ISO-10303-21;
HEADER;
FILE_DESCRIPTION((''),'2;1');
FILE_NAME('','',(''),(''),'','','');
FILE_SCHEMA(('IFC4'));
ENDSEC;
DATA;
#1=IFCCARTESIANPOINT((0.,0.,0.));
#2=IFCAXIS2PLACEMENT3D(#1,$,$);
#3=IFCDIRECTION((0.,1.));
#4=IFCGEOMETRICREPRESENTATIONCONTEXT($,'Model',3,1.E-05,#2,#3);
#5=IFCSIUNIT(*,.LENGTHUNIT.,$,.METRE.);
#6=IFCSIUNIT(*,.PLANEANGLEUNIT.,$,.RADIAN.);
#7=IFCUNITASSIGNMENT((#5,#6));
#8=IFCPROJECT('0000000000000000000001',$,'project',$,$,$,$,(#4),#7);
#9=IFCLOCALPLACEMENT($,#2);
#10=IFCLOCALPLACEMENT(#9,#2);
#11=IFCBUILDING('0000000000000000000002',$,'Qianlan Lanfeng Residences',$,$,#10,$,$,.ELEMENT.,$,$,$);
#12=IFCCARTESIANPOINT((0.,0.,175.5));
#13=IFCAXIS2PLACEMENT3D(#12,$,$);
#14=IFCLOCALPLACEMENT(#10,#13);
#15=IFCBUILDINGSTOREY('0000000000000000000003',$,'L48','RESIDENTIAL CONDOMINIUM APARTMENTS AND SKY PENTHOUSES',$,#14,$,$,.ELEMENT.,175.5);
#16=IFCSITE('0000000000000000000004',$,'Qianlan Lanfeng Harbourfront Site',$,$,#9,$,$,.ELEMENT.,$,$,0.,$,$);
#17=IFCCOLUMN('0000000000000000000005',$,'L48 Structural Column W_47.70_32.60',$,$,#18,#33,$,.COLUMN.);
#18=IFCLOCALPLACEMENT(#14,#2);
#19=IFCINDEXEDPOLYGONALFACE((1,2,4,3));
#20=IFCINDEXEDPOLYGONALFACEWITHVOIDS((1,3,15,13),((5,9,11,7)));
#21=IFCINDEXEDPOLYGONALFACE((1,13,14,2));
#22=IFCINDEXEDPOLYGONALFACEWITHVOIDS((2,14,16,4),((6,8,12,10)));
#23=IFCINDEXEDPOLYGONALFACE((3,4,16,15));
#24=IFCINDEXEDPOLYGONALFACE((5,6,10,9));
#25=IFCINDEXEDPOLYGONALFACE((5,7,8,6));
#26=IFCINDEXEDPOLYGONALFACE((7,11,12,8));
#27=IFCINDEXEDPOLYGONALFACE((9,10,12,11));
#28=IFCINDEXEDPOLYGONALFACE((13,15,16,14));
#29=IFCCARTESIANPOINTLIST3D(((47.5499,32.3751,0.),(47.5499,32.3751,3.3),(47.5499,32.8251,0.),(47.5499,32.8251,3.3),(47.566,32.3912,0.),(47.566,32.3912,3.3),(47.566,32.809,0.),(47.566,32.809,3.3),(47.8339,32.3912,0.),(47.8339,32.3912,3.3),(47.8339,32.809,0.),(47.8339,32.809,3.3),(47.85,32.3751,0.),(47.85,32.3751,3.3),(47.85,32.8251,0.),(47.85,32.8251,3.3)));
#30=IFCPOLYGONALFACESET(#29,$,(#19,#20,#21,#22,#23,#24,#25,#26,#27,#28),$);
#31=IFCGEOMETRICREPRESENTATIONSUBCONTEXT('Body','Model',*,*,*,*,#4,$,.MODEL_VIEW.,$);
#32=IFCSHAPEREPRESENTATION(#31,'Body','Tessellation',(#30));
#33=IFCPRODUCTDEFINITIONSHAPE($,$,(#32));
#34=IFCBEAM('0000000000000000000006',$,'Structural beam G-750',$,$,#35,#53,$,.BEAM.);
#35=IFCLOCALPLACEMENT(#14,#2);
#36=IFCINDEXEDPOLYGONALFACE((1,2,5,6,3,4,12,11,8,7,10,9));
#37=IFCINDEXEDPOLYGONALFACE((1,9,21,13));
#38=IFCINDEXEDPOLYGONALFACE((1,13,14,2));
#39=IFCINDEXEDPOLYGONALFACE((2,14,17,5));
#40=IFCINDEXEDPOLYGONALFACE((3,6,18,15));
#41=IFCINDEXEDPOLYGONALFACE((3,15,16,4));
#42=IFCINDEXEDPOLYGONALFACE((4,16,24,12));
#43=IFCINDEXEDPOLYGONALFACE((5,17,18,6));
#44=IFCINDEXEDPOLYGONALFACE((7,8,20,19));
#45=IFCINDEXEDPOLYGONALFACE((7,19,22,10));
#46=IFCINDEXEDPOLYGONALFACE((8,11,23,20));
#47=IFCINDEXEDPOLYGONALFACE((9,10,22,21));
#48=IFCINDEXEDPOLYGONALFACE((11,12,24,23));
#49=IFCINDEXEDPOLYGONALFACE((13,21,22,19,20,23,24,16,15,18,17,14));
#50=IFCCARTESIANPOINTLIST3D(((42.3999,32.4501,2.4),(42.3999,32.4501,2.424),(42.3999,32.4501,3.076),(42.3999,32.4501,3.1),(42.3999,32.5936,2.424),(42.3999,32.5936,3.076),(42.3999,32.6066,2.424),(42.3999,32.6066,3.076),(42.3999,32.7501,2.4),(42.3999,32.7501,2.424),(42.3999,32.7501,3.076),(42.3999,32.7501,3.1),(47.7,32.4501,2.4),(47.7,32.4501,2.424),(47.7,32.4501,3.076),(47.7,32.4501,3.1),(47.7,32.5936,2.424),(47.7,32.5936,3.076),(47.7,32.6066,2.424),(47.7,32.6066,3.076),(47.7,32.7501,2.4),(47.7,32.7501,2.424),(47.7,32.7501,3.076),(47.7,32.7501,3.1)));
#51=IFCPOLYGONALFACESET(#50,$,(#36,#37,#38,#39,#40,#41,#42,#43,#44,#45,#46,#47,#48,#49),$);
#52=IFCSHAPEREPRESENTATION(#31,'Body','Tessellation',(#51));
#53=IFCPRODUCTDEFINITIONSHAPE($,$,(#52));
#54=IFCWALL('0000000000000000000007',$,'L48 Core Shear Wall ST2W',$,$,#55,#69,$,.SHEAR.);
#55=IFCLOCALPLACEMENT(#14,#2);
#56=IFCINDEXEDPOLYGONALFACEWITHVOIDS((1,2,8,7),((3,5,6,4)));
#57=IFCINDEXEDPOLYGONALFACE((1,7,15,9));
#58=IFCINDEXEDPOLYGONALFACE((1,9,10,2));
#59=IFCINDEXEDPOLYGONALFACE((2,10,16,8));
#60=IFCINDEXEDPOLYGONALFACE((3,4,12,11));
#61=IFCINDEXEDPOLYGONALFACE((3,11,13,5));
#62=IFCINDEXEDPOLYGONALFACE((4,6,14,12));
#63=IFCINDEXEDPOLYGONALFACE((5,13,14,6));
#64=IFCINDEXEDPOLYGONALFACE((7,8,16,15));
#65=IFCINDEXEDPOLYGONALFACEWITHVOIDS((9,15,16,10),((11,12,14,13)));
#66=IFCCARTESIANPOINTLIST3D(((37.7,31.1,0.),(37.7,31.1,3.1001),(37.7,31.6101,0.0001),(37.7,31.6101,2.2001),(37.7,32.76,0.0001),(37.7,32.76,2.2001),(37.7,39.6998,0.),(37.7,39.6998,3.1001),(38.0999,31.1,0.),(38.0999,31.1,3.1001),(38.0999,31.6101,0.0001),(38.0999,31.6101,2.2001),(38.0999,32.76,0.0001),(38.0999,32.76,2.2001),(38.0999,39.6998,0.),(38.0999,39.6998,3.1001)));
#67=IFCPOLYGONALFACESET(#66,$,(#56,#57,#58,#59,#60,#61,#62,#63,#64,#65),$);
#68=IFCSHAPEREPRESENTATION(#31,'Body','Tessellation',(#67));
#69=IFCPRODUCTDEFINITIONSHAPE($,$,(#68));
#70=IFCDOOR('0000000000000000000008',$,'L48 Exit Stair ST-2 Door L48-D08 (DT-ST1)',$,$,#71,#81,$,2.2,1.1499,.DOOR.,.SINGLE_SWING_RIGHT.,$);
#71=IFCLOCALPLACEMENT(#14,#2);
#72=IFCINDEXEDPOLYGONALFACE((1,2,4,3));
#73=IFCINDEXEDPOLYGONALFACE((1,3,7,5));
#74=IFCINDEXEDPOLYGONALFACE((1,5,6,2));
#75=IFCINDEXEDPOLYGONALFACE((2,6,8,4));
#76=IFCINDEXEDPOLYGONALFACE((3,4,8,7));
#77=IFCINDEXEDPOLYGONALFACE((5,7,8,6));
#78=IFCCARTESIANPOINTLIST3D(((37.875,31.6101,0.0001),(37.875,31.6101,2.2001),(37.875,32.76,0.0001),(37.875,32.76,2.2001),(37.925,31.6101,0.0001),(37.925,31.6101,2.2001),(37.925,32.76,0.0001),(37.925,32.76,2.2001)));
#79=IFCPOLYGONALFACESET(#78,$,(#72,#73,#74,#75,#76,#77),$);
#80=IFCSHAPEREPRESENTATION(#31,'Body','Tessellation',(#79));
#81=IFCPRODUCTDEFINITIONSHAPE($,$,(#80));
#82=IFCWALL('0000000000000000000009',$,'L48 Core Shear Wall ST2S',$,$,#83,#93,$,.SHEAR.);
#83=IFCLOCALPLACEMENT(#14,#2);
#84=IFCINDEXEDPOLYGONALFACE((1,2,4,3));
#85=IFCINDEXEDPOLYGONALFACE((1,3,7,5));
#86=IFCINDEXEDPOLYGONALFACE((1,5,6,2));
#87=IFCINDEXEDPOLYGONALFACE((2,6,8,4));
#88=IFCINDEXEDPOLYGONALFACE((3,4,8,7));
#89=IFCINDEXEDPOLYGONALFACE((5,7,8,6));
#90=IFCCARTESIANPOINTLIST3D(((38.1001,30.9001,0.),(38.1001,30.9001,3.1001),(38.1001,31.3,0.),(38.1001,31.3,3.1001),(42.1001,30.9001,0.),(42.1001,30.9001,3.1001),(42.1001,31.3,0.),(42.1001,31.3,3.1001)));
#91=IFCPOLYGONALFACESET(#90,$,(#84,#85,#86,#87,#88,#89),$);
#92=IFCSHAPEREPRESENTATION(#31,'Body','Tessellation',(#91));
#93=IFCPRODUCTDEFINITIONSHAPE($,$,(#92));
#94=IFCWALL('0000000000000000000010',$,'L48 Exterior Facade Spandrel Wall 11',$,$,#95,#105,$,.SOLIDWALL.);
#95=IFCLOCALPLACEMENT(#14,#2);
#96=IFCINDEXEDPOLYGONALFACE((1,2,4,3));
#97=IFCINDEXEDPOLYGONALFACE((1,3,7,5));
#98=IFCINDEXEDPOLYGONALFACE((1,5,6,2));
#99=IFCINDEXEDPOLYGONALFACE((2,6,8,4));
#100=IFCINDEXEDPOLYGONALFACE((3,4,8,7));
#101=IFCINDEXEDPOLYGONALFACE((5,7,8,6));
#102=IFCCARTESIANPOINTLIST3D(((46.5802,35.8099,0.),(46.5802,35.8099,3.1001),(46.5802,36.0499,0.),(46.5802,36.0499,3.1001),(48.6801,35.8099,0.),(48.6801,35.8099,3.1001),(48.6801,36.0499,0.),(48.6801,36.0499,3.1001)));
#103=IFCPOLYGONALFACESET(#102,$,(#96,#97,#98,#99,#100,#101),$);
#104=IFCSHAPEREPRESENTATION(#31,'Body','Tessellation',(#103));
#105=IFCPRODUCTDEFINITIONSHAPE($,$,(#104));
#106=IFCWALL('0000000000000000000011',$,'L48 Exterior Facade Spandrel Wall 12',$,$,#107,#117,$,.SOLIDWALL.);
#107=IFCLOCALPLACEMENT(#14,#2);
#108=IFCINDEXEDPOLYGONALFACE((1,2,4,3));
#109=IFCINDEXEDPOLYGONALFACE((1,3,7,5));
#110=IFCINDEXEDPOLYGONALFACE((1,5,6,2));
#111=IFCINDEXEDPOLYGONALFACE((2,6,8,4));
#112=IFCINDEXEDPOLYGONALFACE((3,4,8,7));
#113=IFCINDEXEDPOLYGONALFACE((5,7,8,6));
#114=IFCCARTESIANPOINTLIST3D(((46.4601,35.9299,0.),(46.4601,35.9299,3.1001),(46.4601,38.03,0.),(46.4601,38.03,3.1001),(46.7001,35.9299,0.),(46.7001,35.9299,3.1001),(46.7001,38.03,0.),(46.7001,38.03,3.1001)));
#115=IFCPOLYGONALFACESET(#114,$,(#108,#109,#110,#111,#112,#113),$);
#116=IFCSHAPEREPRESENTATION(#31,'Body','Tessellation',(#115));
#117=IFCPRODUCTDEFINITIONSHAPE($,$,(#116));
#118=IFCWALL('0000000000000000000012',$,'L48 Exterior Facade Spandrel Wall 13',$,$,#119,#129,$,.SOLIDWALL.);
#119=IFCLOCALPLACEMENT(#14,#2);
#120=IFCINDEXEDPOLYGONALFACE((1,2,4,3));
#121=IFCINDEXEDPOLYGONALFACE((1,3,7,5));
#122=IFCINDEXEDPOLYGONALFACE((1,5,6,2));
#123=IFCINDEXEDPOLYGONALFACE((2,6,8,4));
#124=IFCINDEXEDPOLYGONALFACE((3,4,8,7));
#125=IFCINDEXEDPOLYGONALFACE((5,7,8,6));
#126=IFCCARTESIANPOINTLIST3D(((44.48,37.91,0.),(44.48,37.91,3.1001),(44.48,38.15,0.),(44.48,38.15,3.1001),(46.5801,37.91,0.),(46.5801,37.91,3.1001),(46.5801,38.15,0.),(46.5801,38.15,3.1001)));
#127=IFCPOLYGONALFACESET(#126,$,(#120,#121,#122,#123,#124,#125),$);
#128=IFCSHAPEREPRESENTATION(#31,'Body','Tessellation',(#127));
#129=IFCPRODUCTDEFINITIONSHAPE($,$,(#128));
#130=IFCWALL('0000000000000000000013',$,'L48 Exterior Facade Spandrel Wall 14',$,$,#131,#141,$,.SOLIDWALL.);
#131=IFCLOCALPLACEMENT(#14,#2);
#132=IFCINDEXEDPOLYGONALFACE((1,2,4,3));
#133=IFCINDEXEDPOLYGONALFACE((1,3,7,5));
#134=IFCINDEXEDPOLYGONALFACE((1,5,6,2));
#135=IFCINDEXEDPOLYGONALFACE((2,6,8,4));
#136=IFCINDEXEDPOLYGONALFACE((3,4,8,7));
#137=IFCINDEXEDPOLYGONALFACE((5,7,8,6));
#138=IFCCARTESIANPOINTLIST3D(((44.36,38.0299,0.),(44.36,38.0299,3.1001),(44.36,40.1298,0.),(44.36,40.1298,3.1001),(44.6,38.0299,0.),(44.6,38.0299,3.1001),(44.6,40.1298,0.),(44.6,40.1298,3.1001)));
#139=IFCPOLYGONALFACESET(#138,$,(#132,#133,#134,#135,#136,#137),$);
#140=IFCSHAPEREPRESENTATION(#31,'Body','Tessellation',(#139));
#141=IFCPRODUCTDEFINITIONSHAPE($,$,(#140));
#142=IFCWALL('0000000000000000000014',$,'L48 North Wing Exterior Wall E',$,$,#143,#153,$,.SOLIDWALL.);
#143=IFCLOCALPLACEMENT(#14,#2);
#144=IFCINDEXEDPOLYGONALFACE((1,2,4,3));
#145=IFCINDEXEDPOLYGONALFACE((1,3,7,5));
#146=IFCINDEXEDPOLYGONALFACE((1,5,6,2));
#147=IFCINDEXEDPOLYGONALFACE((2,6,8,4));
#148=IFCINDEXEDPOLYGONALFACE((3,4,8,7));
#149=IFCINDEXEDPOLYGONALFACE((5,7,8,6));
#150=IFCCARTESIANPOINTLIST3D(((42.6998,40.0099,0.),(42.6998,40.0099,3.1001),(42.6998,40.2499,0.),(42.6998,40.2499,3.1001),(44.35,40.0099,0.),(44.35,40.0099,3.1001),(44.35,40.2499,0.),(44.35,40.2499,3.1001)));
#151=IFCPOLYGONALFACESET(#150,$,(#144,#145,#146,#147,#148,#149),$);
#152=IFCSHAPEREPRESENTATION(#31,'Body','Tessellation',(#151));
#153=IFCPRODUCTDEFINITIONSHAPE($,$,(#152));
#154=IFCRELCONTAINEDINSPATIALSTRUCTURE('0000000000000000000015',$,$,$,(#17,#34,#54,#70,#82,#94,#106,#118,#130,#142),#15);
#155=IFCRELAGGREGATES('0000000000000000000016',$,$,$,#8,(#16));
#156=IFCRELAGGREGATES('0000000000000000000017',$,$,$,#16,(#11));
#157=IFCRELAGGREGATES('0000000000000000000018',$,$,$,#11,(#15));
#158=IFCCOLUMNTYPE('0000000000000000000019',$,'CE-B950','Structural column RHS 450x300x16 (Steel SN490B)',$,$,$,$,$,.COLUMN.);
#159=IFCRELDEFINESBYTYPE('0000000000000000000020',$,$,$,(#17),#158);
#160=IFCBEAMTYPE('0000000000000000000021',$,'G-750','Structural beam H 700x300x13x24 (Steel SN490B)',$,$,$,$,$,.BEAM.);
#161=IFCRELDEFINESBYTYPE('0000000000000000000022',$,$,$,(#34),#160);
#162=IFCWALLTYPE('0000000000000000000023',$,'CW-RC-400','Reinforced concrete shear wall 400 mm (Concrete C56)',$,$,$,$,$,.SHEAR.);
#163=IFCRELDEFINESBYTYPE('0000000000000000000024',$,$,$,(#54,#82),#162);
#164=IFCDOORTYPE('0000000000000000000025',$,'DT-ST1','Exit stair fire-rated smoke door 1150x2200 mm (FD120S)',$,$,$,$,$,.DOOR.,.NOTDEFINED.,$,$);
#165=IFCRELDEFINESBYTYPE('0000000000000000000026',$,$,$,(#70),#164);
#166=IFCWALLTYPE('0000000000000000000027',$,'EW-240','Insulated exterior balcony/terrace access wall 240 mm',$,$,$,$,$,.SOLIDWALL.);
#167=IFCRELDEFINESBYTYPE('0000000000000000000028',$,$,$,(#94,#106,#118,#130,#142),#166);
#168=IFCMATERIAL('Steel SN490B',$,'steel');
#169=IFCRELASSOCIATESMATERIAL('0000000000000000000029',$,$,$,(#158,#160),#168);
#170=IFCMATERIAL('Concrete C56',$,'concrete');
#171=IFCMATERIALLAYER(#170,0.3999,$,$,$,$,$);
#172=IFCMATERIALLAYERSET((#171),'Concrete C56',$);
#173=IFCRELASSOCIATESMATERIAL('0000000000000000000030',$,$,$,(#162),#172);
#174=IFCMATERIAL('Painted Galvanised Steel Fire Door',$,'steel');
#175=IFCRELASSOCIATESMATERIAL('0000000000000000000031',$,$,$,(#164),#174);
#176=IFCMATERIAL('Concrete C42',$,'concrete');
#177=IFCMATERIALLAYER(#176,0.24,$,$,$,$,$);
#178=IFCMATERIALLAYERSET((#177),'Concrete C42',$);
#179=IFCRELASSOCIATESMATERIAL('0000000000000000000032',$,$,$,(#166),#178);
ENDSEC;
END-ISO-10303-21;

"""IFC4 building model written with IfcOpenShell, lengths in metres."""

from ifc_helpers import new_model, si_unit, direction, frame, frame_2d, origin, origin_2d, place, context, subcontext, project, spatial, rectangle, hollow_rectangle, i_section, extrude, material, layer, layer_set, material_profile, profile_set, type_object, element, fill, save


model = new_model("IFC4")

# Units and contexts
model_context = context("Model", 3, precision=1e-05, world=origin(), true_north=direction((0.0, 1.0)))
body_context = subcontext(model_context, "Body", "Model", "MODEL_VIEW")
ifc_project = project(units=[si_unit("LENGTHUNIT", "METRE"), si_unit("PLANEANGLEUNIT", "RADIAN")], contexts=[model_context])

# Site, building, storey
site_placement = place(None, origin())
site = spatial("IfcSite", under=ifc_project, at=site_placement, Name="Qianlan Lanfeng Harbourfront Site", CompositionType="ELEMENT", RefElevation=0.0)
building_placement = place(site_placement, origin())
building = spatial("IfcBuilding", under=site, at=building_placement, Name="Qianlan Lanfeng Residences", CompositionType="ELEMENT")
storey_placement = place(building_placement, frame((0.0, 0.0, 175.5)))
storey = spatial("IfcBuildingStorey", under=building, at=storey_placement, Name="L48", Description="RESIDENTIAL CONDOMINIUM APARTMENTS AND SKY PENTHOUSES", CompositionType="ELEMENT", Elevation=175.5)

# Column
ifc_material_1 = material(Name="Steel SN490B", Category="steel")
ifc_material_profile_1 = material_profile(ifc_material_1, hollow_rectangle(XDim=0.3, YDim=0.45, WallThickness=0.0161, at=origin_2d()), Name="RHS 450x300x16")
ifc_profile_set_1 = profile_set([ifc_material_profile_1], Name="Steel SN490B")
column_type = type_object("IfcColumnType", Name="CE-B950", Description="Structural column RHS 450x300x16 (Steel SN490B)", PredefinedType="COLUMN", material=ifc_profile_set_1)
column_placement = place(storey_placement, frame((47.7, 32.6001, 0.0), z_axis=(0.0, 0.0, 1.0), x_axis=(1.0, 0.0, 0.0)))
element("IfcColumn", 1, at=column_placement, inside=storey, type_object=column_type, Name="L48 Structural Column W_47.70_32.60", PredefinedType="COLUMN", context=body_context, shape_type="SweptSolid", body=[
    extrude(hollow_rectangle(XDim=0.3, YDim=0.45, WallThickness=0.0161, at=origin_2d()), origin(), (0.0, 0.0, 1.0), 3.3),
])

# Beam
ifc_material_profile_2 = material_profile(ifc_material_1, i_section(OverallWidth=0.3, OverallDepth=0.7, WebThickness=0.0129, FlangeThickness=0.0239, at=origin_2d()), Name="H 700x300x13x24")
ifc_profile_set_2 = profile_set([ifc_material_profile_2], Name="Steel SN490B")
beam_type = type_object("IfcBeamType", Name="G-750", Description="Structural beam H 700x300x13x24 (Steel SN490B)", PredefinedType="BEAM", material=ifc_profile_set_2)
beam_placement = place(storey_placement, frame((42.3999, 32.6001, 2.75), z_axis=(1.0, 0.0, 0.0), x_axis=(0.0, 1.0, 0.0)))
element("IfcBeam", 2, at=beam_placement, inside=storey, type_object=beam_type, Name="Structural beam G-750", PredefinedType="BEAM", context=body_context, shape_type="SweptSolid", body=[
    extrude(i_section(OverallWidth=0.3, OverallDepth=0.7, WebThickness=0.0129, FlangeThickness=0.0239, at=origin_2d()), origin(), (0.0, 0.0, 1.0), 5.3),
])

# Wall, opening, door
ifc_material_2 = material(Name="Concrete C56", Category="concrete")
ifc_layer_1 = layer(ifc_material_2, 0.3999)
ifc_layer_set_1 = layer_set([ifc_layer_1], Name="Concrete C56")
wall_type_1 = type_object("IfcWallType", Name="CW-RC-400", Description="Reinforced concrete shear wall 400 mm (Concrete C56)", PredefinedType="SHEAR", material=ifc_layer_set_1)
wall_1_placement = place(storey_placement, frame((37.8999, 31.1001, 0.0), z_axis=(0.0, 0.0, 1.0), x_axis=(0.0, 1.0, 0.0)))
wall_1 = element("IfcWall", 3, at=wall_1_placement, inside=storey, type_object=wall_type_1, Name="L48 Core Shear Wall ST2W", PredefinedType="SHEAR", context=body_context, shape_type="SweptSolid", body=[
    extrude(rectangle(XDim=8.5999, YDim=0.3999, at=frame_2d((4.2998, 0.0))), origin(), (0.0, 0.0, 1.0), 3.1001),
])
opening_1_placement = place(wall_1_placement, frame((0.51, 0.0, 0.0)))
opening_1 = element("IfcOpeningElement", 4, at=opening_1_placement, cuts=wall_1, PredefinedType="OPENING", context=body_context, shape_type="SweptSolid", body=[
    extrude(rectangle(XDim=1.1499, YDim=2.2, at=frame_2d((0.575, 1.1001))), frame((0.0, 0.21, 0.0), z_axis=(0.0, -1.0, 0.0), x_axis=(1.0, 0.0, 0.0)), (0.0, 0.0, 1.0), 0.4199),
])
ifc_material_3 = material(Name="Painted Galvanised Steel Fire Door", Category="steel")
door_type_1 = type_object("IfcDoorType", Name="DT-ST1", Description="Exit stair fire-rated smoke door 1150x2200 mm (FD120S)", OperationType="NOTDEFINED", PredefinedType="DOOR", material=ifc_material_3)
door_1_placement = place(opening_1_placement, origin())
door_1 = element("IfcDoor", 5, at=door_1_placement, inside=storey, type_object=door_type_1, Name="L48 Exit Stair ST-2 Door L48-D08 (DT-ST1)", OperationType="SINGLE_SWING_RIGHT", OverallHeight=2.2, OverallWidth=1.1499, PredefinedType="DOOR", context=body_context, shape_type="SweptSolid", body=[
    extrude(rectangle(XDim=1.1499, YDim=2.2, at=frame_2d((0.575, 1.1001))), frame((0.0, 0.0249, 0.0), z_axis=(0.0, -1.0, 0.0), x_axis=(1.0, 0.0, 0.0)), (0.0, 0.0, 1.0), 0.05),
])
fill(opening_1, door_1)

# Walls
wall_2_placement = place(storey_placement, frame((38.1001, 31.1001, 0.0), z_axis=(0.0, 0.0, 1.0), x_axis=(1.0, 0.0, 0.0)))
element("IfcWall", 6, at=wall_2_placement, inside=storey, type_object=wall_type_1, Name="L48 Core Shear Wall ST2S", PredefinedType="SHEAR", context=body_context, shape_type="SweptSolid", body=[
    extrude(rectangle(XDim=4.0, YDim=0.3999, at=frame_2d((2.0, 0.0))), origin(), (0.0, 0.0, 1.0), 3.1001),
])
ifc_material_4 = material(Name="Concrete C42", Category="concrete")
ifc_layer_2 = layer(ifc_material_4, 0.24)
ifc_layer_set_2 = layer_set([ifc_layer_2], Name="Concrete C42")
wall_type_2 = type_object("IfcWallType", Name="EW-240", Description="Insulated exterior balcony/terrace access wall 240 mm", PredefinedType="SOLIDWALL", material=ifc_layer_set_2)
wall_3_placement = place(storey_placement, frame((48.6799, 35.9299, 0.0), z_axis=(0.0, 0.0, 1.0), x_axis=(-1.0, 0.0, 0.0)))
element("IfcWall", 7, at=wall_3_placement, inside=storey, type_object=wall_type_2, Name="L48 Exterior Facade Spandrel Wall 11", PredefinedType="SOLIDWALL", context=body_context, shape_type="SweptSolid", body=[
    extrude(rectangle(XDim=2.0999, YDim=0.24, at=frame_2d((1.0498, 0.0))), origin(), (0.0, 0.0, 1.0), 3.1001),
])
for number, where, z_axis, x_axis, name in (
    (8, (46.5801, 35.9299, 0.0), (0.0, 0.0, 1.0), (0.0, 1.0, 0.0), "L48 Exterior Facade Spandrel Wall 12"),
    (9, (46.5801, 38.03, 0.0), (0.0, 0.0, 1.0), (-1.0, 0.0, 0.0), "L48 Exterior Facade Spandrel Wall 13"),
):
    element("IfcWall", number, at=place(storey_placement, frame(where, z_axis=z_axis, x_axis=x_axis)), inside=storey, type_object=wall_type_2, Name=name, PredefinedType="SOLIDWALL", context=body_context, shape_type="SweptSolid", body=[
        extrude(rectangle(XDim=2.1001, YDim=0.24, at=frame_2d((1.05, 0.0))), origin(), (0.0, 0.0, 1.0), 3.1001),
    ])
wall_4_placement = place(storey_placement, frame((44.48, 38.03, 0.0), z_axis=(0.0, 0.0, 1.0), x_axis=(0.0, 1.0, 0.0)))
element("IfcWall", 10, at=wall_4_placement, inside=storey, type_object=wall_type_2, Name="L48 Exterior Facade Spandrel Wall 14", PredefinedType="SOLIDWALL", context=body_context, shape_type="SweptSolid", body=[
    extrude(rectangle(XDim=2.0999, YDim=0.24, at=frame_2d((1.0498, 0.0))), origin(), (0.0, 0.0, 1.0), 3.1001),
])
wall_5_placement = place(storey_placement, frame((44.3501, 40.1299, 0.0), z_axis=(0.0, 0.0, 1.0), x_axis=(-1.0, 0.0, 0.0)))
element("IfcWall", 11, at=wall_5_placement, inside=storey, type_object=wall_type_2, Name="L48 North Wing Exterior Wall E", PredefinedType="SOLIDWALL", context=body_context, shape_type="SweptSolid", body=[
    extrude(rectangle(XDim=1.6501, YDim=0.24, at=frame_2d((0.8252, 0.0))), origin(), (0.0, 0.0, 1.0), 3.1001),
])

save(model, "model.ifc")
